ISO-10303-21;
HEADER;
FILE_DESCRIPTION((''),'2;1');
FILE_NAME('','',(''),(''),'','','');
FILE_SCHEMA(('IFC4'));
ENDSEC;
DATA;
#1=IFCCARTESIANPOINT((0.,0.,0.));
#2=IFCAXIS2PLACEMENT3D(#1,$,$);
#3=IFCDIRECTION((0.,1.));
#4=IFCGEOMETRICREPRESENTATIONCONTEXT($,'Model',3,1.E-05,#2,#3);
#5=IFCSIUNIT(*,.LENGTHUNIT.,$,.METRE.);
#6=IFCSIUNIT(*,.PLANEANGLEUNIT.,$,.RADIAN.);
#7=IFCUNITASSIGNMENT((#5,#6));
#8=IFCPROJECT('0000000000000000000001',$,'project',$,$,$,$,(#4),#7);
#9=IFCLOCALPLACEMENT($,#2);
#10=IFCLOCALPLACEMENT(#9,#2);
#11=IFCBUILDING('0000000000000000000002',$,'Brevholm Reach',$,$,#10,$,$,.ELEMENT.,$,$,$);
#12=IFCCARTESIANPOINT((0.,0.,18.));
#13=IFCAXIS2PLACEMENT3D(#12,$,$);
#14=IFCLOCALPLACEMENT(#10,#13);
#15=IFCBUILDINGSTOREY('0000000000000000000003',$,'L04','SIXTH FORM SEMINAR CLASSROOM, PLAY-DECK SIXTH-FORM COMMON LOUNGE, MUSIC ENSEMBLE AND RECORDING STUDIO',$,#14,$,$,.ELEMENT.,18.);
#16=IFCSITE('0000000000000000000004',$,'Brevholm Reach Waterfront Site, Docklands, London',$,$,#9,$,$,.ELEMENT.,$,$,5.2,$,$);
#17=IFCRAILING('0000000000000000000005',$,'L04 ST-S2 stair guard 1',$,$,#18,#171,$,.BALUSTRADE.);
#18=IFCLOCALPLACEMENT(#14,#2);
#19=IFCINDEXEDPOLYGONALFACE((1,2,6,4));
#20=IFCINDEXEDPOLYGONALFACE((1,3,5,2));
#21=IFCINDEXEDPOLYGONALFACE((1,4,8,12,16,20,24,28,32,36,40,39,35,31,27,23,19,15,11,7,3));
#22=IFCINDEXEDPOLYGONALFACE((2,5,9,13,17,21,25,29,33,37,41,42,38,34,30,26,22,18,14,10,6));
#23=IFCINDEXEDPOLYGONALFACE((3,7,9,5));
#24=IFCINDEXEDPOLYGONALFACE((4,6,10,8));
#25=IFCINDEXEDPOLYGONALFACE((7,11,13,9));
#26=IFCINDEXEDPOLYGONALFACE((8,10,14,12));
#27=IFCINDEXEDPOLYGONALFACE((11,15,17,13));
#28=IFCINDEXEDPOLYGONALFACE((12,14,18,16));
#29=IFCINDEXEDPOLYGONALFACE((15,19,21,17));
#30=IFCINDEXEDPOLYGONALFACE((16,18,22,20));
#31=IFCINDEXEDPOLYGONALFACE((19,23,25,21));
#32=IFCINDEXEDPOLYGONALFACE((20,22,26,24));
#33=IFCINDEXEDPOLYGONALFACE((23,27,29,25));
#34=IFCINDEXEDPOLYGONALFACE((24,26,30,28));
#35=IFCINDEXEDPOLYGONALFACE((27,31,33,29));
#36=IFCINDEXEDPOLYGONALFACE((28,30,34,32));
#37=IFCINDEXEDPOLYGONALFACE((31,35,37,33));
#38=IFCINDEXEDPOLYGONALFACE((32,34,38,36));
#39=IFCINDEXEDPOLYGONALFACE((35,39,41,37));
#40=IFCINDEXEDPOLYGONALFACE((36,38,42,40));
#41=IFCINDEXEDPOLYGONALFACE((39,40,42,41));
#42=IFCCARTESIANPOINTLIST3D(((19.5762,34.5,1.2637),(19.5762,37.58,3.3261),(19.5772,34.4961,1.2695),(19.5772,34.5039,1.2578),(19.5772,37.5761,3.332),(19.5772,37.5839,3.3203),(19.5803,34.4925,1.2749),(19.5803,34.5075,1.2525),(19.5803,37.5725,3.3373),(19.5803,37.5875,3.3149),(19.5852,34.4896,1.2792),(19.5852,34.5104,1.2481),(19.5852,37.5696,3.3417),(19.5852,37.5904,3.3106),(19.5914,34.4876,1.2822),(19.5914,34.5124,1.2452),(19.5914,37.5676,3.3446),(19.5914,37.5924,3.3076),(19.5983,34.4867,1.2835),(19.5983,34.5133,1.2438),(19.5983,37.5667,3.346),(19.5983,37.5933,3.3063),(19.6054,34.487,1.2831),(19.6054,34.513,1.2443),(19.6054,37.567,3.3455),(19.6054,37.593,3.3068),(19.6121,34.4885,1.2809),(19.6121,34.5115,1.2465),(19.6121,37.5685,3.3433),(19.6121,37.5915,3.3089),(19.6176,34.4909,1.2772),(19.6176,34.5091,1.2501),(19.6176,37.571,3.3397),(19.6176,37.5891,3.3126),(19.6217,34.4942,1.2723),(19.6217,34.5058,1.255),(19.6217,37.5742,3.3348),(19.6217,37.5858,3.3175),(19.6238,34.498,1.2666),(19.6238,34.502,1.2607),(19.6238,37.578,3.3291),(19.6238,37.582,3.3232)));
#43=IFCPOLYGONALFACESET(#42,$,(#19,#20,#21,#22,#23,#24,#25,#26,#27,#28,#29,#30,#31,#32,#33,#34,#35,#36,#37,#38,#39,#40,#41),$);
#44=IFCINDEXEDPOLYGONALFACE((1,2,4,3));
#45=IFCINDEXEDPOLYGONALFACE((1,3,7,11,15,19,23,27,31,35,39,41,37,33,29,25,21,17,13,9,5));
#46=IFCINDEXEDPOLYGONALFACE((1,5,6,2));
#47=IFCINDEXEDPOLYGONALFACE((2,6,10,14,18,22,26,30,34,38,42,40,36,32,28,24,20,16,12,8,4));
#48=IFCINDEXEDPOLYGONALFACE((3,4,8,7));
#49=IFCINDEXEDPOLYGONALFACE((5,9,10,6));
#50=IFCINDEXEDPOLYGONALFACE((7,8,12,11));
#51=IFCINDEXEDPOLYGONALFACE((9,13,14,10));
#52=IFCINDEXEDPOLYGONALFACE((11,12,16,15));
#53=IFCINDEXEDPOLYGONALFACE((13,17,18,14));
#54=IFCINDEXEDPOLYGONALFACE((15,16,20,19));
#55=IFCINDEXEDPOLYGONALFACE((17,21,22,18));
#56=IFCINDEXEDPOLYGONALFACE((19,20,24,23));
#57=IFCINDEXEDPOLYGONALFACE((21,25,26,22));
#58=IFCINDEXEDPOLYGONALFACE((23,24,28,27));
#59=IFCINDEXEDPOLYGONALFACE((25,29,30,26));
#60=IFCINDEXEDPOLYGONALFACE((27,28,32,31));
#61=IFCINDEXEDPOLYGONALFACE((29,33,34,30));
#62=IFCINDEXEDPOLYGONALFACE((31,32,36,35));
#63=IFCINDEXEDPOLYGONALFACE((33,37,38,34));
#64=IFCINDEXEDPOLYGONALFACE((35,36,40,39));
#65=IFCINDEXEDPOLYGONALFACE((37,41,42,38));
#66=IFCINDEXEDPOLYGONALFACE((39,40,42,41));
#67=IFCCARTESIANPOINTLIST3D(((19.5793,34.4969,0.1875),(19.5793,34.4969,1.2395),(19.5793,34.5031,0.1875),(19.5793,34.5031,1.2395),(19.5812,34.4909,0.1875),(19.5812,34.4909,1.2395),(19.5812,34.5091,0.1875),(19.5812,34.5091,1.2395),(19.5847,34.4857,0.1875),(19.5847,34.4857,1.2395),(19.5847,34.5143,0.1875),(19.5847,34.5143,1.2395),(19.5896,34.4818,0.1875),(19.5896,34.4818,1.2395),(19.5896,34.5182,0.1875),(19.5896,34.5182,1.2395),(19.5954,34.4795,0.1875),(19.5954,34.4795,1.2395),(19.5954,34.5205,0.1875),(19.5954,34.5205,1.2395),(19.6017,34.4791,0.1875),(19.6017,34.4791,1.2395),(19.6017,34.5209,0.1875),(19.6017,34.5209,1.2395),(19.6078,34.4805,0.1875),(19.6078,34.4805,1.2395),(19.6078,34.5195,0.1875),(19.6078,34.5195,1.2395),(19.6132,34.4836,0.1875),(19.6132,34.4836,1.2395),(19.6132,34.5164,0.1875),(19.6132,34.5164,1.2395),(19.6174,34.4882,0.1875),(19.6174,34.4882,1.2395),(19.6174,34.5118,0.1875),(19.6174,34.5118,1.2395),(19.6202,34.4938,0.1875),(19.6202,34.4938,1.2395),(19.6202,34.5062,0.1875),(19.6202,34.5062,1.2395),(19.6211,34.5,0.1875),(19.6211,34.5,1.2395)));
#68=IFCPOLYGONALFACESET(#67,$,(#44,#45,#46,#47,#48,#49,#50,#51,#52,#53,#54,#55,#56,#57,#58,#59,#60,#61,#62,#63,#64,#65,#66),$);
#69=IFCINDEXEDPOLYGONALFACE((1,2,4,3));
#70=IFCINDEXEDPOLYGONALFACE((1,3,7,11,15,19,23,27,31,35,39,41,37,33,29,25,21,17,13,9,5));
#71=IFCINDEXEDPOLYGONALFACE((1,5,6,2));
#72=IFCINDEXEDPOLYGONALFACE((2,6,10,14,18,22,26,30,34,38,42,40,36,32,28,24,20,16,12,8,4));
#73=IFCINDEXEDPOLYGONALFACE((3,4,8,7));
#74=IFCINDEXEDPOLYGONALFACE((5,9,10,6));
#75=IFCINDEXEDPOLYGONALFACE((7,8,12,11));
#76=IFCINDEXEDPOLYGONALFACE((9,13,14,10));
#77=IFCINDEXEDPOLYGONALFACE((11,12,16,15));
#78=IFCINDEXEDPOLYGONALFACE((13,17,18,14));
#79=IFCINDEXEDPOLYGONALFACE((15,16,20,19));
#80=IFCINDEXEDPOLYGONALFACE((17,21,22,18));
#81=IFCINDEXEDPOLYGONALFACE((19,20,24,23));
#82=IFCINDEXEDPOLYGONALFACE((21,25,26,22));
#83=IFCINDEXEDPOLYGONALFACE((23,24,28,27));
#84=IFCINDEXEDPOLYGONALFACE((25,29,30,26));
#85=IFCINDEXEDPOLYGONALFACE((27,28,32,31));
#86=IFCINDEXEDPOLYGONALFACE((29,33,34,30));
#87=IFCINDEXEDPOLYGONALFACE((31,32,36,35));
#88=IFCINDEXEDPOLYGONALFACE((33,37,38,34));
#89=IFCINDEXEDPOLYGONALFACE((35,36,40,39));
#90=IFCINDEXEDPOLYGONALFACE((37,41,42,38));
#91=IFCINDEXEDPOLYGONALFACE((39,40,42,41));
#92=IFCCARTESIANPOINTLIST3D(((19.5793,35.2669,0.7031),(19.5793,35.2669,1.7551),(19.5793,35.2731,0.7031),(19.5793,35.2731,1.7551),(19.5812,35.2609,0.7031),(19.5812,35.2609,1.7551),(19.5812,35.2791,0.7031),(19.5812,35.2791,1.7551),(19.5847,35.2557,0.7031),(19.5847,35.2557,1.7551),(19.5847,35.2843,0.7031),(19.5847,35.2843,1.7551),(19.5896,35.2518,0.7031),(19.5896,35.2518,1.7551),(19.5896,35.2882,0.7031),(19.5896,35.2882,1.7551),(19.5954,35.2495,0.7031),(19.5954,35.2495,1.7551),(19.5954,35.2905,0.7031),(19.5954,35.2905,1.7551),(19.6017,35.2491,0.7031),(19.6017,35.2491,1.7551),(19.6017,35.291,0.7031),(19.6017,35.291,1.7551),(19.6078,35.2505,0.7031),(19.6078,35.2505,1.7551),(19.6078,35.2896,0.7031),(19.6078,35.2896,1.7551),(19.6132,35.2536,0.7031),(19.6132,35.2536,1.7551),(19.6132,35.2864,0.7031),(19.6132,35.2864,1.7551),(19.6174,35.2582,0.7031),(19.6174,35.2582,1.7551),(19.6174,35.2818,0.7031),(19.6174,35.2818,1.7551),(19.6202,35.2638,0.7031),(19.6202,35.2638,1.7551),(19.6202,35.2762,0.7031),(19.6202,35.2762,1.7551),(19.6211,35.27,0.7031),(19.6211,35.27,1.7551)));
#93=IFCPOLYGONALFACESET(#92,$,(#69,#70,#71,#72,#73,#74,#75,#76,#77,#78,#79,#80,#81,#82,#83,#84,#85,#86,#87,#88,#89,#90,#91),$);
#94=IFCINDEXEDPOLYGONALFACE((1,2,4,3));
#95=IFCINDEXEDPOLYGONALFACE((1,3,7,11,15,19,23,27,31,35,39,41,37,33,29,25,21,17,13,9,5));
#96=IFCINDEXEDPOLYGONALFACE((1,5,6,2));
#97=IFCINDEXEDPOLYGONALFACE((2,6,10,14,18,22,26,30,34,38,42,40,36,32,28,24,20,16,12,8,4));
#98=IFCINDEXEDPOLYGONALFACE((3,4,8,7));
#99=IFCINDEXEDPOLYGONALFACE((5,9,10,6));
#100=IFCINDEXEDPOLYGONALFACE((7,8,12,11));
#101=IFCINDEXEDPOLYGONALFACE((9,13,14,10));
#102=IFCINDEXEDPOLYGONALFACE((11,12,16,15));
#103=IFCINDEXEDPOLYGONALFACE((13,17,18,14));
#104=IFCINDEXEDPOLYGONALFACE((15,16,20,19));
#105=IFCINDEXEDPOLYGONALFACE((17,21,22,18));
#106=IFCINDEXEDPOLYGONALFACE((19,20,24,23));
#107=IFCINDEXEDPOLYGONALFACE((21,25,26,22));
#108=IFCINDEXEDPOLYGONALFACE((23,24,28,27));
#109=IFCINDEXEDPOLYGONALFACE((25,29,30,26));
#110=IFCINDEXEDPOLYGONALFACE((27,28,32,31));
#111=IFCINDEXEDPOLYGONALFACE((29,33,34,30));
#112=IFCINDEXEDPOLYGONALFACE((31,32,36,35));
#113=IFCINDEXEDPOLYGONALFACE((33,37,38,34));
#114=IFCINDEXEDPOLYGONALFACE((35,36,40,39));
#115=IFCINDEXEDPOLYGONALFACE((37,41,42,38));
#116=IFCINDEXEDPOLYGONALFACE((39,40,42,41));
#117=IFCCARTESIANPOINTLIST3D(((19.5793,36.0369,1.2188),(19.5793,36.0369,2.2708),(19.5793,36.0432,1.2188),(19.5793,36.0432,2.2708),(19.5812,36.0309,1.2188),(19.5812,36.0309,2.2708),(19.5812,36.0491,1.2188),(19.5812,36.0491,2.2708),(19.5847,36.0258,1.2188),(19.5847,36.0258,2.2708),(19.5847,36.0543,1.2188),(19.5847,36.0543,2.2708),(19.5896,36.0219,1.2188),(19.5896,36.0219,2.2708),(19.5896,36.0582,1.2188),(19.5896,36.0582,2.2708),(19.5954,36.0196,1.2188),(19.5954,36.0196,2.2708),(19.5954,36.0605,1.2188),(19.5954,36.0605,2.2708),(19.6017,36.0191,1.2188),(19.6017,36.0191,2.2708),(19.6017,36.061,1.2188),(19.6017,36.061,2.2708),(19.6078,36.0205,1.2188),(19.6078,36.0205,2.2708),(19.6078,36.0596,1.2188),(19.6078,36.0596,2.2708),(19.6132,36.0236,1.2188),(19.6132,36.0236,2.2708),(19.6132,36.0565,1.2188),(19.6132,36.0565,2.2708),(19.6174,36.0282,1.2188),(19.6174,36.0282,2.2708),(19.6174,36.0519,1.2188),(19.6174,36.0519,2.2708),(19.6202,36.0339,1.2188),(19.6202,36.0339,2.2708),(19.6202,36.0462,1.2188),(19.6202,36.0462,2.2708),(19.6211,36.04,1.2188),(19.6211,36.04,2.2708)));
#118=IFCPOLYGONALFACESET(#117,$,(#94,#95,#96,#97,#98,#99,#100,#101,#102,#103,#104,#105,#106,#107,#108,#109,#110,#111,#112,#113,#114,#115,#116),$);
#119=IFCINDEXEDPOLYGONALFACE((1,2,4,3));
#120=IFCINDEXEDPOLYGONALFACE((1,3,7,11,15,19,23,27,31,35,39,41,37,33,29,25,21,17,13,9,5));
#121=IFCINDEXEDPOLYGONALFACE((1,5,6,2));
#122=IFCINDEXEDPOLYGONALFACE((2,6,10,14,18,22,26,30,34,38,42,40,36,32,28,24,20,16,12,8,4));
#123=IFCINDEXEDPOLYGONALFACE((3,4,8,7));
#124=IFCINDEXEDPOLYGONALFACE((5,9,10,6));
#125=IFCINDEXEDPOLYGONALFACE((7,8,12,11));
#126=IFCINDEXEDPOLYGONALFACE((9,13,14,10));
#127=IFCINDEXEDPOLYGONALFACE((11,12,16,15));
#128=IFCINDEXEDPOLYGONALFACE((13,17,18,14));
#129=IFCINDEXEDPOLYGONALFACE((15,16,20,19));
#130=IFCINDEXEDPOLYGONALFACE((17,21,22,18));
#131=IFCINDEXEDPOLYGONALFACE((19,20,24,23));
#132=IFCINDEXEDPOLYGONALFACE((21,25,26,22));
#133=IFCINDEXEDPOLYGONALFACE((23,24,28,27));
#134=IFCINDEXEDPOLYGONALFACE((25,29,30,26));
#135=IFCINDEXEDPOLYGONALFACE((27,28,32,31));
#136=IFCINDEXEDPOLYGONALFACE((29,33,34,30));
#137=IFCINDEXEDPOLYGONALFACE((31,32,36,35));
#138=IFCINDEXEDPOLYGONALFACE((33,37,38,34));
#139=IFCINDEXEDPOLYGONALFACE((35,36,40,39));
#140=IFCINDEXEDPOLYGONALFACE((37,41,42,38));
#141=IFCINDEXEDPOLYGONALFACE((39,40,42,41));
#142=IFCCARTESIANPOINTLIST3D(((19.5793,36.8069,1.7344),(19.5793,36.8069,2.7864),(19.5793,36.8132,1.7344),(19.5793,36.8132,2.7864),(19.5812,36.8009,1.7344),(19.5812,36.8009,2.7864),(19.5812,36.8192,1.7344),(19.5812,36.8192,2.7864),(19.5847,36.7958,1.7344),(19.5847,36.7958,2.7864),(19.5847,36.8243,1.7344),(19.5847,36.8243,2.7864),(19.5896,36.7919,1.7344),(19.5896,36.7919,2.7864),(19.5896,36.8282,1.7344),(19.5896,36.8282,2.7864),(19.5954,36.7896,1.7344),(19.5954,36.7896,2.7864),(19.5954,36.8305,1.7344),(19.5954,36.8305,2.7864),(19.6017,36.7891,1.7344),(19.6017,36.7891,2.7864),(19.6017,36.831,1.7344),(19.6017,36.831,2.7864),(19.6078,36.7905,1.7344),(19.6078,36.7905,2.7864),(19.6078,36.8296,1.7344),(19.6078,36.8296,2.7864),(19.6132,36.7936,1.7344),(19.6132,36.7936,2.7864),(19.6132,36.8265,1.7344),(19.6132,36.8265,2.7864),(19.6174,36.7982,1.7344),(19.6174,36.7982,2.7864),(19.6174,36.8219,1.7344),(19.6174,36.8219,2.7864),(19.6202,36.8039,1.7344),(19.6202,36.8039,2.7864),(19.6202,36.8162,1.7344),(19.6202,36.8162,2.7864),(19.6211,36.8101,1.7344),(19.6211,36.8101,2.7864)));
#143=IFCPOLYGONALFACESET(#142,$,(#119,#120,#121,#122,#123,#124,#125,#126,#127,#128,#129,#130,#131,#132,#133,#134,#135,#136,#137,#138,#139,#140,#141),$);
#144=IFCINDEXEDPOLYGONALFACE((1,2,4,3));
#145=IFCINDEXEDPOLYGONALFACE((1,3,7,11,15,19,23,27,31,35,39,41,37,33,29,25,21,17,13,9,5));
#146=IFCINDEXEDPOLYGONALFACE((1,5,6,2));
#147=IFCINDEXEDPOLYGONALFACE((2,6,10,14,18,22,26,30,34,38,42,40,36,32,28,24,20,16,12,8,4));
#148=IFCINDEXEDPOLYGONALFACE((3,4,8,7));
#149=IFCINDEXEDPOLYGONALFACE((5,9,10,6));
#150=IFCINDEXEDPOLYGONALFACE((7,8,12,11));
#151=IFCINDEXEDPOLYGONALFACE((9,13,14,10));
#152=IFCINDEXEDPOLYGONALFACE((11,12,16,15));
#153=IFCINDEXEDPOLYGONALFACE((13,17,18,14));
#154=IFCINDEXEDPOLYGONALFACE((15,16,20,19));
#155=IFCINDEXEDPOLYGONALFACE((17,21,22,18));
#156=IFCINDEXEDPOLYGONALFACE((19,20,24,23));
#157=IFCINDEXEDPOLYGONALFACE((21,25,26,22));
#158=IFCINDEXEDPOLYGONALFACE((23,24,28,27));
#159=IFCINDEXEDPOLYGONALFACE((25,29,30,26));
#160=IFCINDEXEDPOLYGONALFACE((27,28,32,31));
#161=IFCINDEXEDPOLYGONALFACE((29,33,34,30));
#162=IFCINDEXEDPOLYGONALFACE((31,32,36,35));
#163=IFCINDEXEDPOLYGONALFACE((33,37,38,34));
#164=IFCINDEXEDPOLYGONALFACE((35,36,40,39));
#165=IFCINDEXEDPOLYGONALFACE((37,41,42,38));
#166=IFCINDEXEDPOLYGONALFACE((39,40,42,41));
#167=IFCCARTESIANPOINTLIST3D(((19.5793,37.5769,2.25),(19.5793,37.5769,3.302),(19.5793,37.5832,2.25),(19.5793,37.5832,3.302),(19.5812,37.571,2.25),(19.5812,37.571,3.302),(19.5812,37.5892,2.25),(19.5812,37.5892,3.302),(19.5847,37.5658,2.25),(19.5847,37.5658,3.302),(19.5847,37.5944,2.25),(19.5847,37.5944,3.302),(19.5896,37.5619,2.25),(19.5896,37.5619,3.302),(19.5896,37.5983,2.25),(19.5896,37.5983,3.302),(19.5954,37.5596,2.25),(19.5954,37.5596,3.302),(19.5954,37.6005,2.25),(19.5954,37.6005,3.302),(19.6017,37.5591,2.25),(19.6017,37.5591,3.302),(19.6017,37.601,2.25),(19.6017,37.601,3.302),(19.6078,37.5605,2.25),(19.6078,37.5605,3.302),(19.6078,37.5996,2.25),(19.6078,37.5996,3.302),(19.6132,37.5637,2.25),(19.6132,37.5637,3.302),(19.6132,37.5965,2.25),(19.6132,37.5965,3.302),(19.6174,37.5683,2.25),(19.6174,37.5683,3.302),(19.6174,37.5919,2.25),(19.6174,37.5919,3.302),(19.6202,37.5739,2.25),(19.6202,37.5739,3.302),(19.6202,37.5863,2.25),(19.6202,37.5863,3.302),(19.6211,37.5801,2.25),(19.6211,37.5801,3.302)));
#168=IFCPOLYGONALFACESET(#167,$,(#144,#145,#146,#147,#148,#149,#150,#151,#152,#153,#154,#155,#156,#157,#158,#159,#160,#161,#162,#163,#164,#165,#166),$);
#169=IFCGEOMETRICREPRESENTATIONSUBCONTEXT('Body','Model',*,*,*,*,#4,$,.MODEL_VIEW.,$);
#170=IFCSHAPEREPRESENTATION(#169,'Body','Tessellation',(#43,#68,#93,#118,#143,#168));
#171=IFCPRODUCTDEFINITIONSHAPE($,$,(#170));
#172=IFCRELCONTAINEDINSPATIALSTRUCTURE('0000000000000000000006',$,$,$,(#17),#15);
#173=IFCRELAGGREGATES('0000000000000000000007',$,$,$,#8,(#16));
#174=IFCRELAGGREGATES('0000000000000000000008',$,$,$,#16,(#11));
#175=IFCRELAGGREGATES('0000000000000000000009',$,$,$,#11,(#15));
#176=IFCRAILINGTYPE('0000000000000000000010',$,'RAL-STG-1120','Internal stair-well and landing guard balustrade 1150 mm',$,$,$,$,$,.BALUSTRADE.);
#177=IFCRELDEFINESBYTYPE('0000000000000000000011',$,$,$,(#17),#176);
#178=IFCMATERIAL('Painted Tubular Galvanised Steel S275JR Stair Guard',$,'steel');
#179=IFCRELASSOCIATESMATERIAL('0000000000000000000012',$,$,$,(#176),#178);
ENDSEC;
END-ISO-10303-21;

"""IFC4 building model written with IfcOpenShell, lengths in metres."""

from ifc_helpers import new_model, si_unit, direction, frame, origin, origin_2d, place, context, subcontext, project, spatial, circle, extrude, material, type_object, element, save


model = new_model("IFC4")

# Units and contexts
model_context = context("Model", 3, precision=1e-05, world=origin(), true_north=direction((0.0, 1.0)))
body_context = subcontext(model_context, "Body", "Model", "MODEL_VIEW")
ifc_project = project(units=[si_unit("LENGTHUNIT", "METRE"), si_unit("PLANEANGLEUNIT", "RADIAN")], contexts=[model_context])

# Site, building, storey
site_placement = place(None, origin())
site = spatial("IfcSite", under=ifc_project, at=site_placement, Name="Brevholm Reach Waterfront Site, Docklands, London", CompositionType="ELEMENT", RefElevation=5.2)
building_placement = place(site_placement, origin())
building = spatial("IfcBuilding", under=site, at=building_placement, Name="Brevholm Reach", CompositionType="ELEMENT")
storey_placement = place(building_placement, frame((0.0, 0.0, 18.0)))
storey = spatial("IfcBuildingStorey", under=building, at=storey_placement, Name="L04", Description="SIXTH FORM SEMINAR CLASSROOM, PLAY-DECK SIXTH-FORM COMMON LOUNGE, MUSIC ENSEMBLE AND RECORDING STUDIO", CompositionType="ELEMENT", Elevation=18.0)

# Railing
ifc_material_1 = material(Name="Painted Tubular Galvanised Steel S275JR Stair Guard", Category="steel")
railing_type_1 = type_object("IfcRailingType", Name="RAL-STG-1120", Description="Internal stair-well and landing guard balustrade 1150 mm", PredefinedType="BALUSTRADE", material=ifc_material_1)
railing_1_placement = place(storey_placement, frame((19.6001, 34.5, 0.1875)))
element("IfcRailing", 1, at=railing_1_placement, inside=storey, type_object=railing_type_1, Name="L04 ST-S2 stair guard 1", PredefinedType="BALUSTRADE", context=body_context, shape_type="SweptSolid", body=[
    extrude(circle(Radius=0.0239, at=origin_2d()), frame((0.0, 0.0, 1.0762), z_axis=(0.0, 0.830914, 0.556401), x_axis=(-1.0, 0.0, 0.0)), (0.0, 0.0, 1.0), 3.7068),
    extrude(circle(Radius=0.021, at=origin_2d()), origin(), (0.0, 0.0, 1.0), 1.052),
    extrude(circle(Radius=0.021, at=origin_2d()), frame((0.0, 0.77, 0.5156)), (0.0, 0.0, 1.0), 1.052),
    extrude(circle(Radius=0.021, at=origin_2d()), frame((0.0, 1.54, 1.0312)), (0.0, 0.0, 1.0), 1.052),
    extrude(circle(Radius=0.021, at=origin_2d()), frame((0.0, 2.3101, 1.5469)), (0.0, 0.0, 1.0), 1.052),
    extrude(circle(Radius=0.021, at=origin_2d()), frame((0.0, 3.0801, 2.0625)), (0.0, 0.0, 1.0), 1.052),
])

save(model, "model.ifc")
